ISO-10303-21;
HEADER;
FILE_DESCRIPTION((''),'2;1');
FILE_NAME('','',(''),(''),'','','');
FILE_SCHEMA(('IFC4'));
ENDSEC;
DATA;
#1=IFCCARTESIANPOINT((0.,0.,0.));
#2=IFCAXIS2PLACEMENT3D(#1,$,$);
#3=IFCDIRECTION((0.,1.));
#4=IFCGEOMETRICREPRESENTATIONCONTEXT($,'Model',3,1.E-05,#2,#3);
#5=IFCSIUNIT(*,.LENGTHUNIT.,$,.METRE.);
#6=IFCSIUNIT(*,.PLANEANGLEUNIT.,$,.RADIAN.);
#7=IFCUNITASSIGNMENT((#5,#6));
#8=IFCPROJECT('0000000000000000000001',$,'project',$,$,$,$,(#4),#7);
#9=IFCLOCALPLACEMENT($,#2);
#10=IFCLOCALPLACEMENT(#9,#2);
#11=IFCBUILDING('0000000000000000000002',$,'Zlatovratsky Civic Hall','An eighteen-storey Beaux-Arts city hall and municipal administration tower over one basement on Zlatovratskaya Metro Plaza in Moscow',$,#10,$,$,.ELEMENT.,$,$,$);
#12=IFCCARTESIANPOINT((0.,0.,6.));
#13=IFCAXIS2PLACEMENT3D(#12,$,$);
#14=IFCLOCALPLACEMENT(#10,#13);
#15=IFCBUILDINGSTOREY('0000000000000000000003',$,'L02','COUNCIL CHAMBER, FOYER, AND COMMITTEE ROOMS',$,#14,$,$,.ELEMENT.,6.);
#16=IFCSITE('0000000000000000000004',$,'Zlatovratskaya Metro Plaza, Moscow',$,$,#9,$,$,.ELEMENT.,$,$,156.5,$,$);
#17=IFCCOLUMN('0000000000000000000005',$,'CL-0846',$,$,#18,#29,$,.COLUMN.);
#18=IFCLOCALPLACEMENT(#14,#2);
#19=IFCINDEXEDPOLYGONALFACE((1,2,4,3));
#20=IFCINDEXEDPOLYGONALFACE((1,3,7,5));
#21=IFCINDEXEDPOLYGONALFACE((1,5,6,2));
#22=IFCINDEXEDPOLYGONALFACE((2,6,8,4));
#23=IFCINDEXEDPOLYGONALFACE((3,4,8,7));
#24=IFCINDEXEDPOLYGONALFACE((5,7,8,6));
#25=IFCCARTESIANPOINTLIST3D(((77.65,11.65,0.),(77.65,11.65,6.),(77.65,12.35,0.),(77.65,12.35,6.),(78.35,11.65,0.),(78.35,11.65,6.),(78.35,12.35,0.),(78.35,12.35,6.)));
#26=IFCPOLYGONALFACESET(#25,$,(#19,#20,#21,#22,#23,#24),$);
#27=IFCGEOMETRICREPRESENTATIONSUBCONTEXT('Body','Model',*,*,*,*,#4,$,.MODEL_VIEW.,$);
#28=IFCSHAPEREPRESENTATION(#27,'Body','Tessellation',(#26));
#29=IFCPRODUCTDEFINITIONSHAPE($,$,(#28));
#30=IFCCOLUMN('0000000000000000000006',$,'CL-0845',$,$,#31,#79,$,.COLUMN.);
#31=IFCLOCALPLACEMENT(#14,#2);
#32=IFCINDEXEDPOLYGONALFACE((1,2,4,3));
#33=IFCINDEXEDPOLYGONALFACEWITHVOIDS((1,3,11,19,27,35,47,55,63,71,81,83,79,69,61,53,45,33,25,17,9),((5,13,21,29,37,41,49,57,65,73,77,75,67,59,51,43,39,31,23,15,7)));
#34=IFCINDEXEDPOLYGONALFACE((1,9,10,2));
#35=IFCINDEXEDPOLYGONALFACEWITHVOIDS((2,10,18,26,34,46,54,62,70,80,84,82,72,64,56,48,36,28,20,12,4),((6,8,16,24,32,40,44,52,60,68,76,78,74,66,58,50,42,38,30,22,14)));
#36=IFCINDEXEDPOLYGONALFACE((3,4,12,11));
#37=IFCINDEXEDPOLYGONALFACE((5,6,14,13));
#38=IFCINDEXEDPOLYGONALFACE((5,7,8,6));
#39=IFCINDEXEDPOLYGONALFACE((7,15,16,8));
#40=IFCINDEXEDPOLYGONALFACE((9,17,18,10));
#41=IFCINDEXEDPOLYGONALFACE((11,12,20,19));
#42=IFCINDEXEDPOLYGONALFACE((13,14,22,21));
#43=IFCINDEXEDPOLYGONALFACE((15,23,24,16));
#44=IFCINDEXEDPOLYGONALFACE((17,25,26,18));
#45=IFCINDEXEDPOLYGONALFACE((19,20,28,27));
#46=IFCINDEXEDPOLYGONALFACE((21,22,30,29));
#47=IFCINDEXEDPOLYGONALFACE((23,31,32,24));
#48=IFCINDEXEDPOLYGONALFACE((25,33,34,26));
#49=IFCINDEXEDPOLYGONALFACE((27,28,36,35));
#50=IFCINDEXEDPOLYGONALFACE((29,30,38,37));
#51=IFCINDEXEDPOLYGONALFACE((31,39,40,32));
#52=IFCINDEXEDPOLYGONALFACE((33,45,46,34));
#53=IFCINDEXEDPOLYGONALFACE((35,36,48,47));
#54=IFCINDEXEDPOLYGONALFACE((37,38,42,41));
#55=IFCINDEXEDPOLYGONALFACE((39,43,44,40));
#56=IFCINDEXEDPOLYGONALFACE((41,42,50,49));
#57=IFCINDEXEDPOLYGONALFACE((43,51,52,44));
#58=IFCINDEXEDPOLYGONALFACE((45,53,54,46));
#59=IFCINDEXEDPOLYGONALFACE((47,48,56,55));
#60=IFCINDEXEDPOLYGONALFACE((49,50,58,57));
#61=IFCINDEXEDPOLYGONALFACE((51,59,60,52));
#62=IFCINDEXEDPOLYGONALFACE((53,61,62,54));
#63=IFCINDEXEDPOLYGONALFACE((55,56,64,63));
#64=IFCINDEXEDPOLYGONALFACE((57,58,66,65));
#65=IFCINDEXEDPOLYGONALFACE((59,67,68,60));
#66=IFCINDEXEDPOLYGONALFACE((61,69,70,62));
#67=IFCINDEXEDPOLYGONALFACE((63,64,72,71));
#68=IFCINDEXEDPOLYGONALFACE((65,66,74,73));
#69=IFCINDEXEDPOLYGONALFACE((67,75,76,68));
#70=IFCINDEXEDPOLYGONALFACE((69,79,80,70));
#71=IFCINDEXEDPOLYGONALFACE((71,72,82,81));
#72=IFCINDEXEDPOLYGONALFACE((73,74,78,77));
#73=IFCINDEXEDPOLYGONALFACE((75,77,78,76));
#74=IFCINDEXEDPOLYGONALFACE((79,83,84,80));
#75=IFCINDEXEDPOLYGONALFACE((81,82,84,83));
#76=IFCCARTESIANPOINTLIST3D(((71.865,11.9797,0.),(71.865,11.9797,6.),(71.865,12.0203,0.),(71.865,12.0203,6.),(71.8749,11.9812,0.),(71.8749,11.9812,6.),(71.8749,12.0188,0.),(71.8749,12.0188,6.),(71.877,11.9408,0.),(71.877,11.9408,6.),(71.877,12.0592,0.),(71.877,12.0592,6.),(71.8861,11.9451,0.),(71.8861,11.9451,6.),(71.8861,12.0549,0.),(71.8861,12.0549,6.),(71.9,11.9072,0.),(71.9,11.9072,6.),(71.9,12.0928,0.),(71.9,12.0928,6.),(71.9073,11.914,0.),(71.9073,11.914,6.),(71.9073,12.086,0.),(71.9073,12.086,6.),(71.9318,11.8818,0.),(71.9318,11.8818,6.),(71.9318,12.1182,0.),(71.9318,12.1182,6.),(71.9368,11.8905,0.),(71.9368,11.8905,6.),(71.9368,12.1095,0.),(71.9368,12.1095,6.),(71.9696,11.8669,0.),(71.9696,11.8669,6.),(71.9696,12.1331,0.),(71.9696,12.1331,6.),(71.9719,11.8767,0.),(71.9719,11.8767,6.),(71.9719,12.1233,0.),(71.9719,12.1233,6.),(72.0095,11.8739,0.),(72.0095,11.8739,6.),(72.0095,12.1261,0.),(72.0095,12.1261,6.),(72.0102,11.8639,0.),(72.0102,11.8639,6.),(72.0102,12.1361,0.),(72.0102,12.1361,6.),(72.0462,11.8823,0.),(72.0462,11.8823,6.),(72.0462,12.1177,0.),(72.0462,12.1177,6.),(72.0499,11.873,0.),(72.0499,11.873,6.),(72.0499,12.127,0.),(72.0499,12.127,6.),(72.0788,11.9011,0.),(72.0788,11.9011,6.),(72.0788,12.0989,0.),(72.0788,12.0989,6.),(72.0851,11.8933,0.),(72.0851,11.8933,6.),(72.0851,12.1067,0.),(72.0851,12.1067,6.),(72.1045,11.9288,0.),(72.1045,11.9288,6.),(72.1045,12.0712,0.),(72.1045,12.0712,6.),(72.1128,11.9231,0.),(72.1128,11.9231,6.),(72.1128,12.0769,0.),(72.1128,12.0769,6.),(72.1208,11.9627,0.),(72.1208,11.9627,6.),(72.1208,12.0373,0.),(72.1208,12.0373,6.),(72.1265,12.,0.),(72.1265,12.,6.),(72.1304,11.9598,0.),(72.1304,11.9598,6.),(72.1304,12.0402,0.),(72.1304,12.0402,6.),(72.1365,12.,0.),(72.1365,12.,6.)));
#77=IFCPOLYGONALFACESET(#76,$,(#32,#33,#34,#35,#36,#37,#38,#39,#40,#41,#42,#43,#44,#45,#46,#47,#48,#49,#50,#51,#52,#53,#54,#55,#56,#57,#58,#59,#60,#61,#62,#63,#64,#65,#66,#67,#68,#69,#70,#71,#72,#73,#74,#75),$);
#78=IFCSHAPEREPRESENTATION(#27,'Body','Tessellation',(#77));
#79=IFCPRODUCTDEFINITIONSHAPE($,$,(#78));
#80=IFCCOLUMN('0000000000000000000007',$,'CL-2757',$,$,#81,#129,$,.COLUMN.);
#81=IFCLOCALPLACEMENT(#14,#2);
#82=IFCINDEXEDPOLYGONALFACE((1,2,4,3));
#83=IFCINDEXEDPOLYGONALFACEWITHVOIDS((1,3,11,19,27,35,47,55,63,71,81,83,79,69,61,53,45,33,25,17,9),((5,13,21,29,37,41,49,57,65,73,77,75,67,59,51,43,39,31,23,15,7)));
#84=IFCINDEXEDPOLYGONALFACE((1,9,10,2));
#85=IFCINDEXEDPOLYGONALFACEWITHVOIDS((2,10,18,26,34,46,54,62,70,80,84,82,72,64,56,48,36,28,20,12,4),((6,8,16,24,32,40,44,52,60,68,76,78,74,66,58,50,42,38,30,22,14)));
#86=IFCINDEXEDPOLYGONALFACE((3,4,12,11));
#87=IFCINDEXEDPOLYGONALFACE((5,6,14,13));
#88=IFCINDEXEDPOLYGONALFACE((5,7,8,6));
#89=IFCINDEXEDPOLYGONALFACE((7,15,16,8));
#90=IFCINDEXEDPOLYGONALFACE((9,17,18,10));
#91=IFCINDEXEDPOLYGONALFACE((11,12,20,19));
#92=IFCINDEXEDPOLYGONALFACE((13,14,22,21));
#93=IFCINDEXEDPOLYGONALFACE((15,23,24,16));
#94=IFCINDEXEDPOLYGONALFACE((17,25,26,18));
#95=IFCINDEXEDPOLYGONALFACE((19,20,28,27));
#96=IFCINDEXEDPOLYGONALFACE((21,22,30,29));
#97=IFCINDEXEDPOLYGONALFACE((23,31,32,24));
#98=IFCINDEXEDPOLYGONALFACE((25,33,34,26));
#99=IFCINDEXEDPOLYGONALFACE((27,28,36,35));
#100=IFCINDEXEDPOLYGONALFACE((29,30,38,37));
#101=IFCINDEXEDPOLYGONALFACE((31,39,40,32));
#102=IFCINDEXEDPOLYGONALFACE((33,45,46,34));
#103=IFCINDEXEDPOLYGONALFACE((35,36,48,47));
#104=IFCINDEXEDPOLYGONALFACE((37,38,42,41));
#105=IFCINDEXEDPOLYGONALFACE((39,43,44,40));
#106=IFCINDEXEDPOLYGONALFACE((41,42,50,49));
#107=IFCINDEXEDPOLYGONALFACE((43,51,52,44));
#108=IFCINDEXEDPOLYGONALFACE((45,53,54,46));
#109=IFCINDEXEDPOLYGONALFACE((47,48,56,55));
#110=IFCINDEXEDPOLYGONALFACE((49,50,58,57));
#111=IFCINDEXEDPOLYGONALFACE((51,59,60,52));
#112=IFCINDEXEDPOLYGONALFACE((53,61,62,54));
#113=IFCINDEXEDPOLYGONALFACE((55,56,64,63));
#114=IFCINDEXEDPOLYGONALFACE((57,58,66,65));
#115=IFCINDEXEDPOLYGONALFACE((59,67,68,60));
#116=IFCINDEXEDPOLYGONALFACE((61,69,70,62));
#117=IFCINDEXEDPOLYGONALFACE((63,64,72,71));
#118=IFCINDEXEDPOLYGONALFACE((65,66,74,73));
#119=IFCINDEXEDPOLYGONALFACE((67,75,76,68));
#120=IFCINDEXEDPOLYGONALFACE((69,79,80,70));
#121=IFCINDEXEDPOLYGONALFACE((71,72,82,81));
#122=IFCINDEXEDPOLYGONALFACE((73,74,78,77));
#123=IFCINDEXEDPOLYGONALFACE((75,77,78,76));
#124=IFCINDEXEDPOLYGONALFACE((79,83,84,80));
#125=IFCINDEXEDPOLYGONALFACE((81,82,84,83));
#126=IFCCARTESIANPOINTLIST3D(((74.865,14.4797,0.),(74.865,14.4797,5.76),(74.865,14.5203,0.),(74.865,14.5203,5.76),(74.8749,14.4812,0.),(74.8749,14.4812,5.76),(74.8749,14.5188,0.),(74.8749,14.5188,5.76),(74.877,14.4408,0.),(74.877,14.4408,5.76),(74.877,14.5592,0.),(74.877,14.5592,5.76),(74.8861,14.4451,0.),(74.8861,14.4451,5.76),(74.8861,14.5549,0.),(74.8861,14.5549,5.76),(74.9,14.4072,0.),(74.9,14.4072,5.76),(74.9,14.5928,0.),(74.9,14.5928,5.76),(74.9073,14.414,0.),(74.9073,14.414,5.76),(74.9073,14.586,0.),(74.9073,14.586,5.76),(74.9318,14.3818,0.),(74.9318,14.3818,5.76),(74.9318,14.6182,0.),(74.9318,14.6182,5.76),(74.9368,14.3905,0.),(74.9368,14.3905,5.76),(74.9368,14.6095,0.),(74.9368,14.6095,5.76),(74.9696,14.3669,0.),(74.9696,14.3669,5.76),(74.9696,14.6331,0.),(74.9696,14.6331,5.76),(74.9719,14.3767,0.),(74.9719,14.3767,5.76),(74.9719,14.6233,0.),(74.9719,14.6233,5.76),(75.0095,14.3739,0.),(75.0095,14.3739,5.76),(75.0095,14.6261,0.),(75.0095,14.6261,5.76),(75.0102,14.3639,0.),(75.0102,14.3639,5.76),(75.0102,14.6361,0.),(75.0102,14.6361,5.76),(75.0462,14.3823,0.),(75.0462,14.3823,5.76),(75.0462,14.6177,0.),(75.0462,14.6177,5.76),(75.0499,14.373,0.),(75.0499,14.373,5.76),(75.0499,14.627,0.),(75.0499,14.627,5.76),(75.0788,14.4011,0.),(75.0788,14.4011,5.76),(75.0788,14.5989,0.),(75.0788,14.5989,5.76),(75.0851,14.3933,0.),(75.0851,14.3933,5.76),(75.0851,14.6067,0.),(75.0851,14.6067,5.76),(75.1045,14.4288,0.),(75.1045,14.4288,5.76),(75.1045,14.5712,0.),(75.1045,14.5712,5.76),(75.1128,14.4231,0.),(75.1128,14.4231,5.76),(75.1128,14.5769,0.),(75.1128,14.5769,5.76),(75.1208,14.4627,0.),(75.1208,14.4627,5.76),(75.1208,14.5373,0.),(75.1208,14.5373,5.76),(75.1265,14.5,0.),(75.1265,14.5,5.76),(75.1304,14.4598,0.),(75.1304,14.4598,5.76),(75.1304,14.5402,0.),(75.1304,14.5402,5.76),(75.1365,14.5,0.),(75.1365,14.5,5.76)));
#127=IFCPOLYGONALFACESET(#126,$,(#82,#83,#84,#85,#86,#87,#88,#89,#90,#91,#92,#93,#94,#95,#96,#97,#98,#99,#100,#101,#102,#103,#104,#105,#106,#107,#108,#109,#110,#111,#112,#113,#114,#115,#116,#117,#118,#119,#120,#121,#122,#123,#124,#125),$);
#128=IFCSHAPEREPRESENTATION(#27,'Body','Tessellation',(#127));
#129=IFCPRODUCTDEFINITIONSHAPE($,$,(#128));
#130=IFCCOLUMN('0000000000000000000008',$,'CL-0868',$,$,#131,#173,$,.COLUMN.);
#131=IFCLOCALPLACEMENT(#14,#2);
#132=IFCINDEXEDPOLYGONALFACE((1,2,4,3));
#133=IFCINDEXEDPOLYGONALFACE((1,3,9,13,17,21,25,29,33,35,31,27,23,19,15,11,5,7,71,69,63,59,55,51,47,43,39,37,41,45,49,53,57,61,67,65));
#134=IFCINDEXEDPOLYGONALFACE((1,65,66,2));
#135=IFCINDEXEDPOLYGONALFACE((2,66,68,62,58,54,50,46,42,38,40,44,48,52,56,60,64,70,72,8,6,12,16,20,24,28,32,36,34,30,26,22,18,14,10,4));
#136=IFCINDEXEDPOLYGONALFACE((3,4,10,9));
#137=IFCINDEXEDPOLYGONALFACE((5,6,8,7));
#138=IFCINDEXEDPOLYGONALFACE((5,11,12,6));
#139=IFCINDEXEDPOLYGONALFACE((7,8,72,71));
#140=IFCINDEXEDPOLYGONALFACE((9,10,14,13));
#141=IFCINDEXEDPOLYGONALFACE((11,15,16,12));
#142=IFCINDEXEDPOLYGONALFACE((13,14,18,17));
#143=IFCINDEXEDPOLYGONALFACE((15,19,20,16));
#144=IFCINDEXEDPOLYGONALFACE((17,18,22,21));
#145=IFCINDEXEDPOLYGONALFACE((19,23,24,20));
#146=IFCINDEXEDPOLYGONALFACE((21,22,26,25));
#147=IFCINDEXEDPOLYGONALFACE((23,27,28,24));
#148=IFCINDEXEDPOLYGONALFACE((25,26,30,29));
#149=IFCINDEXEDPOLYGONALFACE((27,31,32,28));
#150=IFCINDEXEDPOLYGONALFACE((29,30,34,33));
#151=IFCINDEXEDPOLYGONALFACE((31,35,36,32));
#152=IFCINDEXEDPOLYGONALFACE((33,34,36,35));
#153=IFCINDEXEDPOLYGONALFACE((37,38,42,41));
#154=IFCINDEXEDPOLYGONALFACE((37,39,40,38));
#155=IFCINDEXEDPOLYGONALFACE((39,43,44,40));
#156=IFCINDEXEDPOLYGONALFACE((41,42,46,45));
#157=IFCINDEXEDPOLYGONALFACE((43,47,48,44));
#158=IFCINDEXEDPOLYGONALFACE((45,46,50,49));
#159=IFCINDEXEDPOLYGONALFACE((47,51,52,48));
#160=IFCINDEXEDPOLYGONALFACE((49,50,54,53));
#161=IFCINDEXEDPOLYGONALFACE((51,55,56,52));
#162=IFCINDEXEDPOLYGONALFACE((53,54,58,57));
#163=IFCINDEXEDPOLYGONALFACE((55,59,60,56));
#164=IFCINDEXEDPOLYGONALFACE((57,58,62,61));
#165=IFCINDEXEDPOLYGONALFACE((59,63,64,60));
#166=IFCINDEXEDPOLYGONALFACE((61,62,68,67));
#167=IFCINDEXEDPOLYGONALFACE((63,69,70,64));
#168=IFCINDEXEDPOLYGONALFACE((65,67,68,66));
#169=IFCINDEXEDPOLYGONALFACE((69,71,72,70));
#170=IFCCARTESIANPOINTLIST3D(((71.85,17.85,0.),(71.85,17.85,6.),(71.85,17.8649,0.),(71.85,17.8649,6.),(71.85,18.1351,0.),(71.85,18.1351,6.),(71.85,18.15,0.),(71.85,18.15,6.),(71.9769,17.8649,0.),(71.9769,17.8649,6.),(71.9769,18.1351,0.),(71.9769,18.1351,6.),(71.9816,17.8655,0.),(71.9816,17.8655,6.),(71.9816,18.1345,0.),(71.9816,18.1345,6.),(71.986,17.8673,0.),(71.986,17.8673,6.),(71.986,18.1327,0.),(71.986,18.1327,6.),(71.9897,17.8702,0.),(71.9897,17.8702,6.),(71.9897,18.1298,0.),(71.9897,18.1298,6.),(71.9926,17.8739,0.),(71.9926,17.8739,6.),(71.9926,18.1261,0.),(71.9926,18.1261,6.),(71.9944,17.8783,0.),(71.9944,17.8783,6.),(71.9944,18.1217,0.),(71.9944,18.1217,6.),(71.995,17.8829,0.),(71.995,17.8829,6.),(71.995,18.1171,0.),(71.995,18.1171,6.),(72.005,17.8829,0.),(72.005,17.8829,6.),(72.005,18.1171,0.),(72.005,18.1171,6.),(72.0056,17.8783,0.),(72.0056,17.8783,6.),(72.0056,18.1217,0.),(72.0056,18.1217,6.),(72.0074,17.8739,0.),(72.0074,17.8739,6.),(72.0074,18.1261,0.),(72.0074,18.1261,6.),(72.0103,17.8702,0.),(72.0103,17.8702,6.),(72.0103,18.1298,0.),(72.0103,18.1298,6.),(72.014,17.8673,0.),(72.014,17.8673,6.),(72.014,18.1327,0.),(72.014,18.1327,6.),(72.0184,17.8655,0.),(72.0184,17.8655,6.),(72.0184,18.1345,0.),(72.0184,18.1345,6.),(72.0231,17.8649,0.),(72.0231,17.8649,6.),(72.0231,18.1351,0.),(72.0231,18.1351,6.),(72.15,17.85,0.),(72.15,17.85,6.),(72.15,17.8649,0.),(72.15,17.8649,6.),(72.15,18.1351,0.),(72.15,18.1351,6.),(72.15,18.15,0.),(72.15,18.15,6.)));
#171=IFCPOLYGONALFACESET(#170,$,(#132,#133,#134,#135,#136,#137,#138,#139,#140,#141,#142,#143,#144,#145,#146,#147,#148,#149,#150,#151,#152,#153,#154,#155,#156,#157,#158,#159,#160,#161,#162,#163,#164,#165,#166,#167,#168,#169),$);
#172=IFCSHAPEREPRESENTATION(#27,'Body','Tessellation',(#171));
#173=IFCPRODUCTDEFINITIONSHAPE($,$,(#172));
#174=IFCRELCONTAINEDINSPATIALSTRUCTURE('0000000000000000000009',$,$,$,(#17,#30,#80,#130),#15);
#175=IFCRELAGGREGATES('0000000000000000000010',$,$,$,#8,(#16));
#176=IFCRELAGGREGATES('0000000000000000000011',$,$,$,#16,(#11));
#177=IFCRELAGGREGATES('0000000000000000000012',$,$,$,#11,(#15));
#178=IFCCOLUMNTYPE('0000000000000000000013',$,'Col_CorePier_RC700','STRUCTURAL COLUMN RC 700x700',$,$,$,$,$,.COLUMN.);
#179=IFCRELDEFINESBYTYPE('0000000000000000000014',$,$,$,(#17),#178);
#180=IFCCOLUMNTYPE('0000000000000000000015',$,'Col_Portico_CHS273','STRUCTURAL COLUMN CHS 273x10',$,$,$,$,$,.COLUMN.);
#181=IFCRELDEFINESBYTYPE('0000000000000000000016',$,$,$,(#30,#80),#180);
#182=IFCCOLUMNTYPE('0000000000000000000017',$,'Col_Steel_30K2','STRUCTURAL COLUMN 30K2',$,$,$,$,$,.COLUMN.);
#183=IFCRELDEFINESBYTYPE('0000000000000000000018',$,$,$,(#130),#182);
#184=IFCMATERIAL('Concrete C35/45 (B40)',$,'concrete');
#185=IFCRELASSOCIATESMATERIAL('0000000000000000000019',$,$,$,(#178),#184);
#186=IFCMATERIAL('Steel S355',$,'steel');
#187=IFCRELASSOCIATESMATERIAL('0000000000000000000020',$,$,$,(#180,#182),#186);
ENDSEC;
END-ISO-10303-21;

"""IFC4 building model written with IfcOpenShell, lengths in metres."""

from ifc_helpers import new_model, si_unit, direction, frame, origin, origin_2d, place, context, subcontext, project, spatial, rectangle, hollow_circle, i_section, extrude, material, material_profile, profile_set, type_object, element, save


model = new_model("IFC4")

# Units and contexts
model_context = context("Model", 3, precision=1e-05, world=origin(), true_north=direction((0.0, 1.0)))
body_context = subcontext(model_context, "Body", "Model", "MODEL_VIEW")
ifc_project = project(units=[si_unit("LENGTHUNIT", "METRE"), si_unit("PLANEANGLEUNIT", "RADIAN")], contexts=[model_context])

# Site, building, storey
site_placement = place(None, origin())
site = spatial("IfcSite", under=ifc_project, at=site_placement, Name="Zlatovratskaya Metro Plaza, Moscow", CompositionType="ELEMENT", RefElevation=156.5)
building_placement = place(site_placement, origin())
building = spatial("IfcBuilding", under=site, at=building_placement, Name="Zlatovratsky Civic Hall", Description="An eighteen-storey Beaux-Arts city hall and municipal administration tower over one basement on Zlatovratskaya Metro Plaza in Moscow", CompositionType="ELEMENT")
storey_placement = place(building_placement, frame((0.0, 0.0, 6.0)))
storey = spatial("IfcBuildingStorey", under=building, at=storey_placement, Name="L02", Description="COUNCIL CHAMBER, FOYER, AND COMMITTEE ROOMS", CompositionType="ELEMENT", Elevation=6.0)

# Columns
ifc_material_1 = material(Name="Concrete C35/45 (B40)", Category="concrete")
ifc_material_profile_1 = material_profile(ifc_material_1, rectangle(XDim=0.7, YDim=0.7, at=origin_2d()), Name="RC 700x700")
ifc_profile_set_1 = profile_set([ifc_material_profile_1], Name="Concrete C35/45 (B40)")
column_type_1 = type_object("IfcColumnType", Name="Col_CorePier_RC700", Description="STRUCTURAL COLUMN RC 700x700", PredefinedType="COLUMN", material=ifc_profile_set_1)
column_1_placement = place(storey_placement, frame((78.0, 12.0, 0.0), z_axis=(0.0, 0.0, 1.0), x_axis=(1.0, 0.0, 0.0)))
element("IfcColumn", 1, at=column_1_placement, inside=storey, type_object=column_type_1, Name="CL-0846", PredefinedType="COLUMN", context=body_context, shape_type="SweptSolid", body=[
    extrude(rectangle(XDim=0.7, YDim=0.7, at=origin_2d()), origin(), (0.0, 0.0, 1.0), 6.0),
])
ifc_material_2 = material(Name="Steel S355", Category="steel")
ifc_material_profile_2 = material_profile(ifc_material_2, hollow_circle(Radius=0.1365, WallThickness=0.01, at=origin_2d()), Name="CHS 273x10")
ifc_profile_set_2 = profile_set([ifc_material_profile_2], Name="Steel S355")
column_type_2 = type_object("IfcColumnType", Name="Col_Portico_CHS273", Description="STRUCTURAL COLUMN CHS 273x10", PredefinedType="COLUMN", material=ifc_profile_set_2)
column_2_placement = place(storey_placement, frame((72.0, 12.0, 0.0), z_axis=(0.0, 0.0, 1.0), x_axis=(1.0, 0.0, 0.0)))
element("IfcColumn", 2, at=column_2_placement, inside=storey, type_object=column_type_2, Name="CL-0845", PredefinedType="COLUMN", context=body_context, shape_type="SweptSolid", body=[
    extrude(hollow_circle(Radius=0.1365, WallThickness=0.01, at=origin_2d()), origin(), (0.0, 0.0, 1.0), 6.0),
])
column_3_placement = place(storey_placement, frame((75.0, 14.5, 0.0), z_axis=(0.0, 0.0, 1.0), x_axis=(1.0, 0.0, 0.0)))
element("IfcColumn", 3, at=column_3_placement, inside=storey, type_object=column_type_2, Name="CL-2757", PredefinedType="COLUMN", context=body_context, shape_type="SweptSolid", body=[
    extrude(hollow_circle(Radius=0.1365, WallThickness=0.01, at=origin_2d()), origin(), (0.0, 0.0, 1.0), 5.76),
])
ifc_material_profile_3 = material_profile(ifc_material_2, i_section(OverallWidth=0.3, OverallDepth=0.3, WebThickness=0.01, FlangeThickness=0.0149, FilletRadius=0.0181, at=origin_2d()), Name="30K2")
ifc_profile_set_3 = profile_set([ifc_material_profile_3], Name="Steel S355")
column_type_3 = type_object("IfcColumnType", Name="Col_Steel_30K2", Description="STRUCTURAL COLUMN 30K2", PredefinedType="COLUMN", material=ifc_profile_set_3)
for number, where, z_axis, x_axis, name in (
    (4, (72.0, 18.0, 0.0), (0.0, 0.0, 1.0), (1.0, 0.0, 0.0), "CL-0868"),
):
    element("IfcColumn", number, at=place(storey_placement, frame(where, z_axis=z_axis, x_axis=x_axis)), inside=storey, type_object=column_type_3, Name=name, PredefinedType="COLUMN", context=body_context, shape_type="SweptSolid", body=[
        extrude(i_section(OverallWidth=0.3, OverallDepth=0.3, WebThickness=0.01, FlangeThickness=0.0149, FilletRadius=0.0181, at=origin_2d()), origin(), (0.0, 0.0, 1.0), 6.0),
    ])

save(model, "model.ifc")
